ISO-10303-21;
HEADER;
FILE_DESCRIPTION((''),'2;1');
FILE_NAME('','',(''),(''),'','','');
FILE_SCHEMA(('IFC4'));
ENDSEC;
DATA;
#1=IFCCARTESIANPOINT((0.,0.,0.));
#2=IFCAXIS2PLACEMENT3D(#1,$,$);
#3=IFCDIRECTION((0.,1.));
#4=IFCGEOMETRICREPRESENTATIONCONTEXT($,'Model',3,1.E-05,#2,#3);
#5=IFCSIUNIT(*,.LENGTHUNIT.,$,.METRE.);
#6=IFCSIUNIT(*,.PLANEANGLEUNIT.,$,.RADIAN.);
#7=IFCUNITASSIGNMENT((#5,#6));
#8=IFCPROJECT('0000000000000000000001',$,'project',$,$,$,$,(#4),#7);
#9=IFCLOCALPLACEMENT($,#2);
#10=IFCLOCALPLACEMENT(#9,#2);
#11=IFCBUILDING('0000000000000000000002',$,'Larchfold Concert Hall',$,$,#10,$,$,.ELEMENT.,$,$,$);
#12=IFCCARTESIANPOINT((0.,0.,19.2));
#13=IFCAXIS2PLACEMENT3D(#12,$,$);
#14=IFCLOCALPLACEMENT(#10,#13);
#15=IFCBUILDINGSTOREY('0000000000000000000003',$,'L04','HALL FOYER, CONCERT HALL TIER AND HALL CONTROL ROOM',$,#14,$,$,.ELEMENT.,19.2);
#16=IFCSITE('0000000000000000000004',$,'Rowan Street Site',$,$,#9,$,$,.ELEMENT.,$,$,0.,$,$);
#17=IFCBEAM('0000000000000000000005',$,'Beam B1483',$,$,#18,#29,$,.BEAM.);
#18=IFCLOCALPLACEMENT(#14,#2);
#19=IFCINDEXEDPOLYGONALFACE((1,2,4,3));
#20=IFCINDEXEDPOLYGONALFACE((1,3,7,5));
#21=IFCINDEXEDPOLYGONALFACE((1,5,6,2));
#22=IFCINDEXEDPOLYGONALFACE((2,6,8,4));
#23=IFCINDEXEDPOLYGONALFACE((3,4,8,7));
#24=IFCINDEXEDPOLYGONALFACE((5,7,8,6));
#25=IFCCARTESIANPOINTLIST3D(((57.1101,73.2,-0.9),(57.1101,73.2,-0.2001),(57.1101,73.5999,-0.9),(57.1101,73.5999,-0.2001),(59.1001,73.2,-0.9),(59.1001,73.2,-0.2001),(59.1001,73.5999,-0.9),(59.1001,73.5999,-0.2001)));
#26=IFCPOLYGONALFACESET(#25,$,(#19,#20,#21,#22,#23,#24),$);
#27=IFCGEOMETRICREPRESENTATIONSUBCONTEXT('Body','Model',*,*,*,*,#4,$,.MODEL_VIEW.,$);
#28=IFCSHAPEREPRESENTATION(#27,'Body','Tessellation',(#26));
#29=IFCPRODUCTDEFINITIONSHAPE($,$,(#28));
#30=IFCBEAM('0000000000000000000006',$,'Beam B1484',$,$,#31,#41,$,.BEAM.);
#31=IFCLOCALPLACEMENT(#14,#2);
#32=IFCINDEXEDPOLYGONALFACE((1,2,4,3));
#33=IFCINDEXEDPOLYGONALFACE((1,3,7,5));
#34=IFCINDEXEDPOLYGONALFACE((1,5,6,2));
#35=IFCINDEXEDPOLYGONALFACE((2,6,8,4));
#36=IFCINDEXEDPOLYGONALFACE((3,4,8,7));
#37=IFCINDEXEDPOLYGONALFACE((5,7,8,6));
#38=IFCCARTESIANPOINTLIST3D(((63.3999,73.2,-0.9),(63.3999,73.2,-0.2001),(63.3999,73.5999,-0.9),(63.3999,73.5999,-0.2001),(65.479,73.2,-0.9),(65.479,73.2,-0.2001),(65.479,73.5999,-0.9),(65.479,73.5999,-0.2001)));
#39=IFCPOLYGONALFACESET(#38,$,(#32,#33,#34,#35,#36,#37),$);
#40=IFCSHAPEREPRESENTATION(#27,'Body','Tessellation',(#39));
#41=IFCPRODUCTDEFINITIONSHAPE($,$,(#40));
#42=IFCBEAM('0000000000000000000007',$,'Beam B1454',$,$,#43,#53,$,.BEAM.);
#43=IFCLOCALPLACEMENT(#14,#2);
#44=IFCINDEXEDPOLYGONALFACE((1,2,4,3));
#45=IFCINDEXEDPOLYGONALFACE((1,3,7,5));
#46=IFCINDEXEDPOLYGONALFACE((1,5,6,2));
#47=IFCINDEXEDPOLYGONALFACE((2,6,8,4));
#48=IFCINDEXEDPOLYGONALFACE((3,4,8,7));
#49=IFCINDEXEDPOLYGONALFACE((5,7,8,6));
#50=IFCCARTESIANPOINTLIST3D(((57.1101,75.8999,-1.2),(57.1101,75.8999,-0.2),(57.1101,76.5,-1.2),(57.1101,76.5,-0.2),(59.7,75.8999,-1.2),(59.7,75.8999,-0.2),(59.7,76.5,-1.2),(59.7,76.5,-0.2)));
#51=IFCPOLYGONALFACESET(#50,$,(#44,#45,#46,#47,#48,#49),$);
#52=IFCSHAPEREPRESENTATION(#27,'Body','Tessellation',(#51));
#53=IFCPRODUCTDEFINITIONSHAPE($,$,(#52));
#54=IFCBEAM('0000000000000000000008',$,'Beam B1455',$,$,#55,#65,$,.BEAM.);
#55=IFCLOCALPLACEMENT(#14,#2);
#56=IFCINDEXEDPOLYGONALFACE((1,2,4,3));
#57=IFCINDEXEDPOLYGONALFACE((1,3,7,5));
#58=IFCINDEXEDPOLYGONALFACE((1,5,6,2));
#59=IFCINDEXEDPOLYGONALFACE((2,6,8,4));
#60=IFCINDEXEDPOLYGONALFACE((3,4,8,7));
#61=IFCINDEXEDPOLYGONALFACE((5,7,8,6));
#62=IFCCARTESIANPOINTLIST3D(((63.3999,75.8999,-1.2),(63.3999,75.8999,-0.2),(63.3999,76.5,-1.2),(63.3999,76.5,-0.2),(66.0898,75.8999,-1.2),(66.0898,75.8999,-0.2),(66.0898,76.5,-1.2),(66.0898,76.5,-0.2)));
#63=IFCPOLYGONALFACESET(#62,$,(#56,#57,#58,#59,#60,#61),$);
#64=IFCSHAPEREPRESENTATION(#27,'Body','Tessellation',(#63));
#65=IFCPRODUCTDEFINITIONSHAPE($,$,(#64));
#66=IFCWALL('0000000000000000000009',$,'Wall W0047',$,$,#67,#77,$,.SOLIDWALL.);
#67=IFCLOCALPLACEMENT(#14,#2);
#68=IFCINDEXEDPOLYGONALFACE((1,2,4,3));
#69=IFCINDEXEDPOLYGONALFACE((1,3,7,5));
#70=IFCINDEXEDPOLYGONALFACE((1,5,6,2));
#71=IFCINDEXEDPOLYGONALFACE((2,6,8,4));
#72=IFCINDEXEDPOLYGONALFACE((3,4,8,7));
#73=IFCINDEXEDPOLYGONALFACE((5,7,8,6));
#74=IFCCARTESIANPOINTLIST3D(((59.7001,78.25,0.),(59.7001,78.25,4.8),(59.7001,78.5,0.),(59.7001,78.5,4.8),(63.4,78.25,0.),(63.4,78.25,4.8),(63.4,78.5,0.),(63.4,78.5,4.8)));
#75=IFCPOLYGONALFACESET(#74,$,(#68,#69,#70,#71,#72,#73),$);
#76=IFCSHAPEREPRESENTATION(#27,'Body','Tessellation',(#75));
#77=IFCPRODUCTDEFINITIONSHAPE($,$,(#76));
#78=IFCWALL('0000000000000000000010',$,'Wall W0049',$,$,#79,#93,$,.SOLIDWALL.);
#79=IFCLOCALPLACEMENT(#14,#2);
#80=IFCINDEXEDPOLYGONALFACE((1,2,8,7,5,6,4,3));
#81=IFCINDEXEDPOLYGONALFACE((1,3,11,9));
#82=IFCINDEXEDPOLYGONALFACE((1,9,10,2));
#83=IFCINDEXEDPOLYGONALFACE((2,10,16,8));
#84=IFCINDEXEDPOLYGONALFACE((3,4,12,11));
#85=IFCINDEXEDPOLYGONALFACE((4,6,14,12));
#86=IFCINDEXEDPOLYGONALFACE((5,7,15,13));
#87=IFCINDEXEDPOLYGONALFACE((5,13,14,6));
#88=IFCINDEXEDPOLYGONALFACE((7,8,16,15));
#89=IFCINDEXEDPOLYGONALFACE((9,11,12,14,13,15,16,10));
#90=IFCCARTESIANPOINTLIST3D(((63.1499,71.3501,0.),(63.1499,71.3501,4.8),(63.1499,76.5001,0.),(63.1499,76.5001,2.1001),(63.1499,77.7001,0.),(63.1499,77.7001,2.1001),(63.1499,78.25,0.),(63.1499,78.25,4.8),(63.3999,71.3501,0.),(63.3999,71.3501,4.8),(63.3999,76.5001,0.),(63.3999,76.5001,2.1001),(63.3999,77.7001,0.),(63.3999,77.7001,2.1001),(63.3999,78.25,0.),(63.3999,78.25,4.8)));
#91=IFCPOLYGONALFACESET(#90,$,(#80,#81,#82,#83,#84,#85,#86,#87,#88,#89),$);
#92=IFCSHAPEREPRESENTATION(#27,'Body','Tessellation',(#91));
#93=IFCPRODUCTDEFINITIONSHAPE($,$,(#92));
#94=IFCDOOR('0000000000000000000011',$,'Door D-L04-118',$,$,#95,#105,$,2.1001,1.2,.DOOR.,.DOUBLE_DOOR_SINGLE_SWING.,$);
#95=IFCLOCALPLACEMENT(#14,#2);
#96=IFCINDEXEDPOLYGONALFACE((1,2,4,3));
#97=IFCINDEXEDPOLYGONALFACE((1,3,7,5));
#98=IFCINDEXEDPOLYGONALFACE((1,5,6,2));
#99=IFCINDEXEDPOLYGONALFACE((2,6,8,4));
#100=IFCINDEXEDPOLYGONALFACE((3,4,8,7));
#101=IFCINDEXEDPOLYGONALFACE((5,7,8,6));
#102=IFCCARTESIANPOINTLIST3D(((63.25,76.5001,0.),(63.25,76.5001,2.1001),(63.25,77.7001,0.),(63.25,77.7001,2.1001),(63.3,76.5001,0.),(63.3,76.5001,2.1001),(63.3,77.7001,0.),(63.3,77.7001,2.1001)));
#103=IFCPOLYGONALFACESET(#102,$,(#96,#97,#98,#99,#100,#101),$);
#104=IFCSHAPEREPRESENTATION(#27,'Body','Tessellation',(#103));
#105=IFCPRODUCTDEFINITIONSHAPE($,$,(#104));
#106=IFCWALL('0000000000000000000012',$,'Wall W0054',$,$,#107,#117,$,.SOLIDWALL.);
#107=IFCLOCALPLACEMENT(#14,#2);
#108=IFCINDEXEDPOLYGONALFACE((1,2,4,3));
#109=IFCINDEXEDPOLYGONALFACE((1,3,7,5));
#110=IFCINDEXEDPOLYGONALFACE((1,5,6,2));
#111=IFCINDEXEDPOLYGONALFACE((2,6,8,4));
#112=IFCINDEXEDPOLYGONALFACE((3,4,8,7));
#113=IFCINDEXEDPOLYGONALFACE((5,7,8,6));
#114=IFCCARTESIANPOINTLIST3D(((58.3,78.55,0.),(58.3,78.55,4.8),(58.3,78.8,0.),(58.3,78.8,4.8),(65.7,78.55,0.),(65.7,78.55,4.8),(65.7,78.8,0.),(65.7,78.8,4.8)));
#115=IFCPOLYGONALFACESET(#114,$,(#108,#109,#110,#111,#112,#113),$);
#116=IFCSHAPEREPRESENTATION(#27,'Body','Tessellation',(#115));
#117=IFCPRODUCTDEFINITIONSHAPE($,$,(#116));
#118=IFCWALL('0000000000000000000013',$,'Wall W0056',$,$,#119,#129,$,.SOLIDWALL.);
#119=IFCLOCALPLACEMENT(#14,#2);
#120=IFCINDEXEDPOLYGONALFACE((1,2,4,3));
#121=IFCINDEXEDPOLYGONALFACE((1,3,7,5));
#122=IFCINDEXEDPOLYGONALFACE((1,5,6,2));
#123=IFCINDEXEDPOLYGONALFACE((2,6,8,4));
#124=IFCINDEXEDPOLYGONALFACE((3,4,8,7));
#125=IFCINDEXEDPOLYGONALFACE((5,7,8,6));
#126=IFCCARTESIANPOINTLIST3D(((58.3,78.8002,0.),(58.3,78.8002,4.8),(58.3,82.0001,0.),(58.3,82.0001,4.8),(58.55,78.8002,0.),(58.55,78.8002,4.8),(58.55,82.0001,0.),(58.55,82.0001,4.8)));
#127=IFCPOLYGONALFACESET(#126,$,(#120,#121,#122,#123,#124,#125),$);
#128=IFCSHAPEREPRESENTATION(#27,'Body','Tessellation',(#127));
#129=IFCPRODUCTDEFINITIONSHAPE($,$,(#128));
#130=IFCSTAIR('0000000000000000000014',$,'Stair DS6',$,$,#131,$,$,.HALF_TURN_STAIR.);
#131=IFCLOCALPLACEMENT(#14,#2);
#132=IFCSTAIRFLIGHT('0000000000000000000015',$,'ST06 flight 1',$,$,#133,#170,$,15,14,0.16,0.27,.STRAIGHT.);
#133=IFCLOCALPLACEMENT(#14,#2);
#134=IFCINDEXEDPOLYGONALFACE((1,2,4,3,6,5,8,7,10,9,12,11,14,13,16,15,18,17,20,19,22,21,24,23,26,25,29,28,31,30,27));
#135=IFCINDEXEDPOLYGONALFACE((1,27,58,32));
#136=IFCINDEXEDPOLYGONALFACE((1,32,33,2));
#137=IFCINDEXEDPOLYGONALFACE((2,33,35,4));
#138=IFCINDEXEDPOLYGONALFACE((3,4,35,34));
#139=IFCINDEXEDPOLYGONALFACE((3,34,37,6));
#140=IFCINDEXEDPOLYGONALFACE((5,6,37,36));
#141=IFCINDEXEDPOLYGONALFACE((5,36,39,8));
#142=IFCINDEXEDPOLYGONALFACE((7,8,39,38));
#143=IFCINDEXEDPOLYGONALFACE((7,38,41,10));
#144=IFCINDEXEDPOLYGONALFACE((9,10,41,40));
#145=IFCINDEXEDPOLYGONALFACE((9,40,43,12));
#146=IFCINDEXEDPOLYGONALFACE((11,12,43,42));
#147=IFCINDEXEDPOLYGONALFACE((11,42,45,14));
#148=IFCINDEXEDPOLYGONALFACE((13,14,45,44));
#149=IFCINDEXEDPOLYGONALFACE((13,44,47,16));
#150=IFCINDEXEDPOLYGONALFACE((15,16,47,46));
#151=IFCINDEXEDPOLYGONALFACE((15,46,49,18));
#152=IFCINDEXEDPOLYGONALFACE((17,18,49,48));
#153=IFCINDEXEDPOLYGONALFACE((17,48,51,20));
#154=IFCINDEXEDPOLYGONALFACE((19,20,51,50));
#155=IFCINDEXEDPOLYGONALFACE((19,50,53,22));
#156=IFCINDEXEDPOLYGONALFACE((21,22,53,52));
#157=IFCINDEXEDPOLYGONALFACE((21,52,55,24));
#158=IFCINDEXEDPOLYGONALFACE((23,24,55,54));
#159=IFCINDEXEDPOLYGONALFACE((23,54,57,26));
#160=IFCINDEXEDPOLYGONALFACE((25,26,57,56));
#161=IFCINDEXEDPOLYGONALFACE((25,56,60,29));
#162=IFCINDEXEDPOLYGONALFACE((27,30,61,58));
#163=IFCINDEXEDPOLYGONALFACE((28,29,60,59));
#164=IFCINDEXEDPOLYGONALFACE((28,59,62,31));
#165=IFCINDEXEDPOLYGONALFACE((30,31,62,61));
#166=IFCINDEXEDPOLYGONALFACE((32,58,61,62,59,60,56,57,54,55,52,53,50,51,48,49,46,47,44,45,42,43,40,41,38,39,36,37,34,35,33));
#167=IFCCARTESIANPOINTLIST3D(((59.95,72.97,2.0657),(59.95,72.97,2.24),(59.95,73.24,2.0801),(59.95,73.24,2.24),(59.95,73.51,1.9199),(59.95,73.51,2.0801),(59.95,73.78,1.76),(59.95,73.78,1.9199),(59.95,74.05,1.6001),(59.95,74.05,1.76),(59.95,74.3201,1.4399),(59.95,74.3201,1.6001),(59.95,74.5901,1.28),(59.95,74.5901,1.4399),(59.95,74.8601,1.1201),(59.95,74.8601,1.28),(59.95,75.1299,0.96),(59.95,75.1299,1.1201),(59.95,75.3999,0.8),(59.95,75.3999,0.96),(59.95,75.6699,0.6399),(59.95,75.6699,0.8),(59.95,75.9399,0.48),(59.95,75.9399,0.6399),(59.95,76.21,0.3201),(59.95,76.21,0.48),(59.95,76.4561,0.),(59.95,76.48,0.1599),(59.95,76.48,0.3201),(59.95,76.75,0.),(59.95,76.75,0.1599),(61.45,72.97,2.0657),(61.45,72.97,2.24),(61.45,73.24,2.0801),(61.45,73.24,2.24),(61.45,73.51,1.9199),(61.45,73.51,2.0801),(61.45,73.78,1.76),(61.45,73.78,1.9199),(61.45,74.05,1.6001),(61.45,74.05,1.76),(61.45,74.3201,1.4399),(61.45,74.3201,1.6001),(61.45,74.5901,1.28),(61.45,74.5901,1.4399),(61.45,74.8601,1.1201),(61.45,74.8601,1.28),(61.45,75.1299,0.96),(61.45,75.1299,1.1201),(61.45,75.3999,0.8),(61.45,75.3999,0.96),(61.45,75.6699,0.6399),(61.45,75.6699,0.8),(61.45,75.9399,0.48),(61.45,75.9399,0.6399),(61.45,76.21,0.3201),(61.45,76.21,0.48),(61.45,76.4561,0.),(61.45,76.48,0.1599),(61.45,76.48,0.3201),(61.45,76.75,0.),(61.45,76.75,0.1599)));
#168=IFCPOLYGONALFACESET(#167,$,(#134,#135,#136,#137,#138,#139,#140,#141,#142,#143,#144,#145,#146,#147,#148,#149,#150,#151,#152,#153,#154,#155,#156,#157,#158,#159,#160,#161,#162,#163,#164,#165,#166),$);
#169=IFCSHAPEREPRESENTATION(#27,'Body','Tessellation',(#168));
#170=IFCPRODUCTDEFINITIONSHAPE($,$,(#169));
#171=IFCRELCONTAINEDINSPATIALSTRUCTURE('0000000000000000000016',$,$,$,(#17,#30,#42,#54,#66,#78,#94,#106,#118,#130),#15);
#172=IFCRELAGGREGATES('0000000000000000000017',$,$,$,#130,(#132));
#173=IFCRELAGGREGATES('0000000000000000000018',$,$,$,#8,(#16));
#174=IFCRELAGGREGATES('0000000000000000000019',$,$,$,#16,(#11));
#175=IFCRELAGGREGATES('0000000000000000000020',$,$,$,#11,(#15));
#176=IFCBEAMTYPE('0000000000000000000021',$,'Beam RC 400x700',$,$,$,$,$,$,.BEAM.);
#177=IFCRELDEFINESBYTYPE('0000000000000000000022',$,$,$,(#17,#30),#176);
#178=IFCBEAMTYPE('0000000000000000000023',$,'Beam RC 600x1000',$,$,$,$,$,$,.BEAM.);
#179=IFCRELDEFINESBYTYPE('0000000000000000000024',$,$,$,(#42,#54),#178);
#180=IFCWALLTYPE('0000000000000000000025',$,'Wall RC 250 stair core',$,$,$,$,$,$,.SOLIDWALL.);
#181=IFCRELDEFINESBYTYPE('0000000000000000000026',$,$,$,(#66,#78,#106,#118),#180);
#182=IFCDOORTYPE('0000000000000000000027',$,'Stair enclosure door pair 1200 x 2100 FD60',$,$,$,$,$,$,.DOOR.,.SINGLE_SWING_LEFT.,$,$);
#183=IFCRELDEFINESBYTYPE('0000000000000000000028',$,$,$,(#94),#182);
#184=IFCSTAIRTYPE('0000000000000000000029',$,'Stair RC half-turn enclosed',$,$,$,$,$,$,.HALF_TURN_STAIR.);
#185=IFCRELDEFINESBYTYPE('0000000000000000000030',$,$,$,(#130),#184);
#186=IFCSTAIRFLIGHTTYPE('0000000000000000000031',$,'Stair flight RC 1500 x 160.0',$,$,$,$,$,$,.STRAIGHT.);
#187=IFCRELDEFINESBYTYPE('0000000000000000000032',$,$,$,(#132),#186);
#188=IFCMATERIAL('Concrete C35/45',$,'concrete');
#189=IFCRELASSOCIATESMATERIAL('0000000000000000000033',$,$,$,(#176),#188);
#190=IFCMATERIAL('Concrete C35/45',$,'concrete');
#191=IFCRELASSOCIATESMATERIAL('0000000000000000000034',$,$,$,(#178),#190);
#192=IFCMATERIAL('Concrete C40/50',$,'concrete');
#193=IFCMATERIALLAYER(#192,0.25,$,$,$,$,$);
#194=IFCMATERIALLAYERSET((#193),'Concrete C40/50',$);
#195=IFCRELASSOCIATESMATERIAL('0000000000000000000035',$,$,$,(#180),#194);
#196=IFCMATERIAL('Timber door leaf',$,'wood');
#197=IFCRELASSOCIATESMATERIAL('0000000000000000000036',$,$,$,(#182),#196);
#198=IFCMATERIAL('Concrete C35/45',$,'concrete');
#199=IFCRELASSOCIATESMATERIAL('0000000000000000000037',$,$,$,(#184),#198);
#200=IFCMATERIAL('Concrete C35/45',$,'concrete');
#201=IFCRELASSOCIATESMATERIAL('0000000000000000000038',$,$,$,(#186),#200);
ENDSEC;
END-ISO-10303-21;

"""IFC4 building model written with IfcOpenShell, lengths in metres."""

from ifc_helpers import new_model, si_unit, direction, frame, frame_2d, origin, origin_2d, place, context, subcontext, project, spatial, polyline, rectangle, outline, extrude, material, layer, layer_set, material_profile, profile_set, type_object, element, fill, aggregate, save


model = new_model("IFC4")

# Units and contexts
model_context = context("Model", 3, precision=1e-05, world=origin(), true_north=direction((0.0, 1.0)))
body_context = subcontext(model_context, "Body", "Model", "MODEL_VIEW")
ifc_project = project(units=[si_unit("LENGTHUNIT", "METRE"), si_unit("PLANEANGLEUNIT", "RADIAN")], contexts=[model_context])

# Site, building, storey
site_placement = place(None, origin())
site = spatial("IfcSite", under=ifc_project, at=site_placement, Name="Rowan Street Site", CompositionType="ELEMENT", RefElevation=0.0)
building_placement = place(site_placement, origin())
building = spatial("IfcBuilding", under=site, at=building_placement, Name="Larchfold Concert Hall", CompositionType="ELEMENT")
storey_placement = place(building_placement, frame((0.0, 0.0, 19.2)))
storey = spatial("IfcBuildingStorey", under=building, at=storey_placement, Name="L04", Description="HALL FOYER, CONCERT HALL TIER AND HALL CONTROL ROOM", CompositionType="ELEMENT", Elevation=19.2)

# Beams
ifc_material_1 = material(Name="Concrete C35/45", Category="concrete")
ifc_material_profile_1 = material_profile(ifc_material_1, rectangle(XDim=0.3999, YDim=0.7, at=origin_2d()))
ifc_profile_set_1 = profile_set([ifc_material_profile_1], Name="Concrete C35/45")
beam_type_1 = type_object("IfcBeamType", Name="Beam RC 400x700", PredefinedType="BEAM", material=ifc_profile_set_1)
beam_1_placement = place(storey_placement, frame((57.1101, 73.3999, -0.55), z_axis=(1.0, 0.0, 0.0), x_axis=(0.0, 1.0, 0.0)))
element("IfcBeam", 1, at=beam_1_placement, inside=storey, type_object=beam_type_1, Name="Beam B1483", PredefinedType="BEAM", context=body_context, shape_type="SweptSolid", body=[
    extrude(rectangle(XDim=0.3999, YDim=0.7, at=origin_2d()), origin(), (0.0, 0.0, 1.0), 1.99),
])
beam_2_placement = place(storey_placement, frame((63.3999, 73.3999, -0.55), z_axis=(1.0, 0.0, 0.0), x_axis=(0.0, 1.0, 0.0)))
element("IfcBeam", 2, at=beam_2_placement, inside=storey, type_object=beam_type_1, Name="Beam B1484", PredefinedType="BEAM", context=body_context, shape_type="SweptSolid", body=[
    extrude(rectangle(XDim=0.3999, YDim=0.7, at=origin_2d()), origin(), (0.0, 0.0, 1.0), 2.0791),
])
ifc_material_2 = material(Name="Concrete C35/45", Category="concrete")
ifc_material_profile_2 = material_profile(ifc_material_2, rectangle(XDim=0.6001, YDim=1.0, at=origin_2d()))
ifc_profile_set_2 = profile_set([ifc_material_profile_2], Name="Concrete C35/45")
beam_type_2 = type_object("IfcBeamType", Name="Beam RC 600x1000", PredefinedType="BEAM", material=ifc_profile_set_2)
beam_3_placement = place(storey_placement, frame((57.1101, 76.2, -0.7), z_axis=(1.0, 0.0, 0.0), x_axis=(0.0, 1.0, 0.0)))
element("IfcBeam", 3, at=beam_3_placement, inside=storey, type_object=beam_type_2, Name="Beam B1454", PredefinedType="BEAM", context=body_context, shape_type="SweptSolid", body=[
    extrude(rectangle(XDim=0.6001, YDim=1.0, at=origin_2d()), origin(), (0.0, 0.0, 1.0), 2.5898),
])
beam_4_placement = place(storey_placement, frame((63.3999, 76.2, -0.7), z_axis=(1.0, 0.0, 0.0), x_axis=(0.0, 1.0, 0.0)))
element("IfcBeam", 4, at=beam_4_placement, inside=storey, type_object=beam_type_2, Name="Beam B1455", PredefinedType="BEAM", context=body_context, shape_type="SweptSolid", body=[
    extrude(rectangle(XDim=0.6001, YDim=1.0, at=origin_2d()), origin(), (0.0, 0.0, 1.0), 2.6899),
])

# Wall
ifc_material_3 = material(Name="Concrete C40/50", Category="concrete")
ifc_layer = layer(ifc_material_3, 0.25)
ifc_layer_set = layer_set([ifc_layer], Name="Concrete C40/50")
wall_type = type_object("IfcWallType", Name="Wall RC 250 stair core", PredefinedType="SOLIDWALL", material=ifc_layer_set)
wall_1_placement = place(storey_placement, frame((59.7, 78.375, 0.0), z_axis=(0.0, 0.0, 1.0), x_axis=(1.0, 0.0, 0.0)))
element("IfcWall", 5, at=wall_1_placement, inside=storey, type_object=wall_type, Name="Wall W0047", PredefinedType="SOLIDWALL", context=body_context, shape_type="SweptSolid", body=[
    extrude(rectangle(XDim=3.7, YDim=0.25, at=frame_2d((1.8501, 0.0))), origin(), (0.0, 0.0, 1.0), 4.8),
])

# Wall, opening, door
wall_2_placement = place(storey_placement, frame((63.2749, 71.3501, 0.0), z_axis=(0.0, 0.0, 1.0), x_axis=(0.0, 1.0, 0.0)))
wall_2 = element("IfcWall", 6, at=wall_2_placement, inside=storey, type_object=wall_type, Name="Wall W0049", PredefinedType="SOLIDWALL", context=body_context, shape_type="SweptSolid", body=[
    extrude(rectangle(XDim=6.8999, YDim=0.25, at=frame_2d((3.45, 0.0))), origin(), (0.0, 0.0, 1.0), 4.8),
])
opening_placement = place(wall_2_placement, frame((5.1499, 0.0, 0.0)))
opening = element("IfcOpeningElement", 7, at=opening_placement, cuts=wall_2, PredefinedType="OPENING", context=body_context, shape_type="SweptSolid", body=[
    extrude(rectangle(XDim=1.2, YDim=2.1001, at=frame_2d((0.6001, 1.05))), frame((0.0, 0.135, 0.0), z_axis=(0.0, -1.0, 0.0), x_axis=(1.0, 0.0, 0.0)), (0.0, 0.0, 1.0), 0.27),
])
ifc_material_4 = material(Name="Timber door leaf", Category="wood")
door_type = type_object("IfcDoorType", Name="Stair enclosure door pair 1200 x 2100 FD60", OperationType="SINGLE_SWING_LEFT", PredefinedType="DOOR", material=ifc_material_4)
door_placement = place(opening_placement, origin())
door = element("IfcDoor", 8, at=door_placement, inside=storey, type_object=door_type, Name="Door D-L04-118", OperationType="DOUBLE_DOOR_SINGLE_SWING", OverallHeight=2.1001, OverallWidth=1.2, PredefinedType="DOOR", context=body_context, shape_type="SweptSolid", body=[
    extrude(rectangle(XDim=1.2, YDim=2.1001, at=frame_2d((0.6001, 1.05))), frame((0.0, 0.0249, 0.0), z_axis=(0.0, -1.0, 0.0), x_axis=(1.0, 0.0, 0.0)), (0.0, 0.0, 1.0), 0.05),
])
fill(opening, door)

# Walls
wall_3_placement = place(storey_placement, frame((58.3, 78.675, 0.0), z_axis=(0.0, 0.0, 1.0), x_axis=(1.0, 0.0, 0.0)))
element("IfcWall", 9, at=wall_3_placement, inside=storey, type_object=wall_type, Name="Wall W0054", PredefinedType="SOLIDWALL", context=body_context, shape_type="SweptSolid", body=[
    extrude(rectangle(XDim=7.3999, YDim=0.25, at=frame_2d((3.7, 0.0))), origin(), (0.0, 0.0, 1.0), 4.8),
])
wall_4_placement = place(storey_placement, frame((58.425, 78.8, 0.0), z_axis=(0.0, 0.0, 1.0), x_axis=(0.0, 1.0, 0.0)))
element("IfcWall", 10, at=wall_4_placement, inside=storey, type_object=wall_type, Name="Wall W0056", PredefinedType="SOLIDWALL", context=body_context, shape_type="SweptSolid", body=[
    extrude(rectangle(XDim=3.2, YDim=0.25, at=frame_2d((1.6001, 0.0))), origin(), (0.0, 0.0, 1.0), 4.8),
])

# Stair, stair flight
ifc_material_5 = material(Name="Concrete C35/45", Category="concrete")
stair_type = type_object("IfcStairType", Name="Stair RC half-turn enclosed", PredefinedType="HALF_TURN_STAIR", material=ifc_material_5)
stair_placement = place(storey_placement, origin())
stair = element("IfcStair", 11, at=stair_placement, inside=storey, type_object=stair_type, Name="Stair DS6", PredefinedType="HALF_TURN_STAIR")
ifc_material_6 = material(Name="Concrete C35/45", Category="concrete")
stair_flight_type = type_object("IfcStairFlightType", Name="Stair flight RC 1500 x 160.0", PredefinedType="STRAIGHT", material=ifc_material_6)
stair_flight_1_placement = place(storey_placement, frame((60.7, 76.75, 0.0), z_axis=(0.0, 0.0, 1.0), x_axis=(0.0, -1.0, 0.0)))
stair_flight_1 = element("IfcStairFlight", 12, at=stair_flight_1_placement, type_object=stair_flight_type, Name="ST06 flight 1", NumberOfRisers=15, NumberOfTreads=14, PredefinedType="STRAIGHT", RiserHeight=0.16, TreadLength=0.27, context=body_context, shape_type="SweptSolid", body=[
    extrude(outline(polyline([(0.0, 0.0), (0.0, 0.1599), (0.27, 0.1599), (0.27, 0.3201), (0.54, 0.3201), (0.54, 0.48), (0.8101, 0.48), (0.8101, 0.6399), (1.0801, 0.6399), (1.0801, 0.8), (1.3501, 0.8), (1.3501, 0.96), (1.6201, 0.96), (1.6201, 1.1201), (1.8899, 1.1201), (1.8899, 1.28), (2.1599, 1.28), (2.1599, 1.4399), (2.4299, 1.4399), (2.4299, 1.6001), (2.7, 1.6001), (2.7, 1.76), (2.97, 1.76), (2.97, 1.9199), (3.24, 1.9199), (3.24, 2.0801), (3.51, 2.0801), (3.51, 2.24), (3.78, 2.24), (3.78, 2.3999), (3.78, 2.0657), (0.2939, 0.0), (0.0, 0.0)])), frame((0.0, 0.75, 0.0), z_axis=(0.0, -1.0, 0.0), x_axis=(1.0, 0.0, 0.0)), (0.0, 0.0, 1.0), 1.5),
])
aggregate(stair, [stair_flight_1])

save(model, "model.ifc")
